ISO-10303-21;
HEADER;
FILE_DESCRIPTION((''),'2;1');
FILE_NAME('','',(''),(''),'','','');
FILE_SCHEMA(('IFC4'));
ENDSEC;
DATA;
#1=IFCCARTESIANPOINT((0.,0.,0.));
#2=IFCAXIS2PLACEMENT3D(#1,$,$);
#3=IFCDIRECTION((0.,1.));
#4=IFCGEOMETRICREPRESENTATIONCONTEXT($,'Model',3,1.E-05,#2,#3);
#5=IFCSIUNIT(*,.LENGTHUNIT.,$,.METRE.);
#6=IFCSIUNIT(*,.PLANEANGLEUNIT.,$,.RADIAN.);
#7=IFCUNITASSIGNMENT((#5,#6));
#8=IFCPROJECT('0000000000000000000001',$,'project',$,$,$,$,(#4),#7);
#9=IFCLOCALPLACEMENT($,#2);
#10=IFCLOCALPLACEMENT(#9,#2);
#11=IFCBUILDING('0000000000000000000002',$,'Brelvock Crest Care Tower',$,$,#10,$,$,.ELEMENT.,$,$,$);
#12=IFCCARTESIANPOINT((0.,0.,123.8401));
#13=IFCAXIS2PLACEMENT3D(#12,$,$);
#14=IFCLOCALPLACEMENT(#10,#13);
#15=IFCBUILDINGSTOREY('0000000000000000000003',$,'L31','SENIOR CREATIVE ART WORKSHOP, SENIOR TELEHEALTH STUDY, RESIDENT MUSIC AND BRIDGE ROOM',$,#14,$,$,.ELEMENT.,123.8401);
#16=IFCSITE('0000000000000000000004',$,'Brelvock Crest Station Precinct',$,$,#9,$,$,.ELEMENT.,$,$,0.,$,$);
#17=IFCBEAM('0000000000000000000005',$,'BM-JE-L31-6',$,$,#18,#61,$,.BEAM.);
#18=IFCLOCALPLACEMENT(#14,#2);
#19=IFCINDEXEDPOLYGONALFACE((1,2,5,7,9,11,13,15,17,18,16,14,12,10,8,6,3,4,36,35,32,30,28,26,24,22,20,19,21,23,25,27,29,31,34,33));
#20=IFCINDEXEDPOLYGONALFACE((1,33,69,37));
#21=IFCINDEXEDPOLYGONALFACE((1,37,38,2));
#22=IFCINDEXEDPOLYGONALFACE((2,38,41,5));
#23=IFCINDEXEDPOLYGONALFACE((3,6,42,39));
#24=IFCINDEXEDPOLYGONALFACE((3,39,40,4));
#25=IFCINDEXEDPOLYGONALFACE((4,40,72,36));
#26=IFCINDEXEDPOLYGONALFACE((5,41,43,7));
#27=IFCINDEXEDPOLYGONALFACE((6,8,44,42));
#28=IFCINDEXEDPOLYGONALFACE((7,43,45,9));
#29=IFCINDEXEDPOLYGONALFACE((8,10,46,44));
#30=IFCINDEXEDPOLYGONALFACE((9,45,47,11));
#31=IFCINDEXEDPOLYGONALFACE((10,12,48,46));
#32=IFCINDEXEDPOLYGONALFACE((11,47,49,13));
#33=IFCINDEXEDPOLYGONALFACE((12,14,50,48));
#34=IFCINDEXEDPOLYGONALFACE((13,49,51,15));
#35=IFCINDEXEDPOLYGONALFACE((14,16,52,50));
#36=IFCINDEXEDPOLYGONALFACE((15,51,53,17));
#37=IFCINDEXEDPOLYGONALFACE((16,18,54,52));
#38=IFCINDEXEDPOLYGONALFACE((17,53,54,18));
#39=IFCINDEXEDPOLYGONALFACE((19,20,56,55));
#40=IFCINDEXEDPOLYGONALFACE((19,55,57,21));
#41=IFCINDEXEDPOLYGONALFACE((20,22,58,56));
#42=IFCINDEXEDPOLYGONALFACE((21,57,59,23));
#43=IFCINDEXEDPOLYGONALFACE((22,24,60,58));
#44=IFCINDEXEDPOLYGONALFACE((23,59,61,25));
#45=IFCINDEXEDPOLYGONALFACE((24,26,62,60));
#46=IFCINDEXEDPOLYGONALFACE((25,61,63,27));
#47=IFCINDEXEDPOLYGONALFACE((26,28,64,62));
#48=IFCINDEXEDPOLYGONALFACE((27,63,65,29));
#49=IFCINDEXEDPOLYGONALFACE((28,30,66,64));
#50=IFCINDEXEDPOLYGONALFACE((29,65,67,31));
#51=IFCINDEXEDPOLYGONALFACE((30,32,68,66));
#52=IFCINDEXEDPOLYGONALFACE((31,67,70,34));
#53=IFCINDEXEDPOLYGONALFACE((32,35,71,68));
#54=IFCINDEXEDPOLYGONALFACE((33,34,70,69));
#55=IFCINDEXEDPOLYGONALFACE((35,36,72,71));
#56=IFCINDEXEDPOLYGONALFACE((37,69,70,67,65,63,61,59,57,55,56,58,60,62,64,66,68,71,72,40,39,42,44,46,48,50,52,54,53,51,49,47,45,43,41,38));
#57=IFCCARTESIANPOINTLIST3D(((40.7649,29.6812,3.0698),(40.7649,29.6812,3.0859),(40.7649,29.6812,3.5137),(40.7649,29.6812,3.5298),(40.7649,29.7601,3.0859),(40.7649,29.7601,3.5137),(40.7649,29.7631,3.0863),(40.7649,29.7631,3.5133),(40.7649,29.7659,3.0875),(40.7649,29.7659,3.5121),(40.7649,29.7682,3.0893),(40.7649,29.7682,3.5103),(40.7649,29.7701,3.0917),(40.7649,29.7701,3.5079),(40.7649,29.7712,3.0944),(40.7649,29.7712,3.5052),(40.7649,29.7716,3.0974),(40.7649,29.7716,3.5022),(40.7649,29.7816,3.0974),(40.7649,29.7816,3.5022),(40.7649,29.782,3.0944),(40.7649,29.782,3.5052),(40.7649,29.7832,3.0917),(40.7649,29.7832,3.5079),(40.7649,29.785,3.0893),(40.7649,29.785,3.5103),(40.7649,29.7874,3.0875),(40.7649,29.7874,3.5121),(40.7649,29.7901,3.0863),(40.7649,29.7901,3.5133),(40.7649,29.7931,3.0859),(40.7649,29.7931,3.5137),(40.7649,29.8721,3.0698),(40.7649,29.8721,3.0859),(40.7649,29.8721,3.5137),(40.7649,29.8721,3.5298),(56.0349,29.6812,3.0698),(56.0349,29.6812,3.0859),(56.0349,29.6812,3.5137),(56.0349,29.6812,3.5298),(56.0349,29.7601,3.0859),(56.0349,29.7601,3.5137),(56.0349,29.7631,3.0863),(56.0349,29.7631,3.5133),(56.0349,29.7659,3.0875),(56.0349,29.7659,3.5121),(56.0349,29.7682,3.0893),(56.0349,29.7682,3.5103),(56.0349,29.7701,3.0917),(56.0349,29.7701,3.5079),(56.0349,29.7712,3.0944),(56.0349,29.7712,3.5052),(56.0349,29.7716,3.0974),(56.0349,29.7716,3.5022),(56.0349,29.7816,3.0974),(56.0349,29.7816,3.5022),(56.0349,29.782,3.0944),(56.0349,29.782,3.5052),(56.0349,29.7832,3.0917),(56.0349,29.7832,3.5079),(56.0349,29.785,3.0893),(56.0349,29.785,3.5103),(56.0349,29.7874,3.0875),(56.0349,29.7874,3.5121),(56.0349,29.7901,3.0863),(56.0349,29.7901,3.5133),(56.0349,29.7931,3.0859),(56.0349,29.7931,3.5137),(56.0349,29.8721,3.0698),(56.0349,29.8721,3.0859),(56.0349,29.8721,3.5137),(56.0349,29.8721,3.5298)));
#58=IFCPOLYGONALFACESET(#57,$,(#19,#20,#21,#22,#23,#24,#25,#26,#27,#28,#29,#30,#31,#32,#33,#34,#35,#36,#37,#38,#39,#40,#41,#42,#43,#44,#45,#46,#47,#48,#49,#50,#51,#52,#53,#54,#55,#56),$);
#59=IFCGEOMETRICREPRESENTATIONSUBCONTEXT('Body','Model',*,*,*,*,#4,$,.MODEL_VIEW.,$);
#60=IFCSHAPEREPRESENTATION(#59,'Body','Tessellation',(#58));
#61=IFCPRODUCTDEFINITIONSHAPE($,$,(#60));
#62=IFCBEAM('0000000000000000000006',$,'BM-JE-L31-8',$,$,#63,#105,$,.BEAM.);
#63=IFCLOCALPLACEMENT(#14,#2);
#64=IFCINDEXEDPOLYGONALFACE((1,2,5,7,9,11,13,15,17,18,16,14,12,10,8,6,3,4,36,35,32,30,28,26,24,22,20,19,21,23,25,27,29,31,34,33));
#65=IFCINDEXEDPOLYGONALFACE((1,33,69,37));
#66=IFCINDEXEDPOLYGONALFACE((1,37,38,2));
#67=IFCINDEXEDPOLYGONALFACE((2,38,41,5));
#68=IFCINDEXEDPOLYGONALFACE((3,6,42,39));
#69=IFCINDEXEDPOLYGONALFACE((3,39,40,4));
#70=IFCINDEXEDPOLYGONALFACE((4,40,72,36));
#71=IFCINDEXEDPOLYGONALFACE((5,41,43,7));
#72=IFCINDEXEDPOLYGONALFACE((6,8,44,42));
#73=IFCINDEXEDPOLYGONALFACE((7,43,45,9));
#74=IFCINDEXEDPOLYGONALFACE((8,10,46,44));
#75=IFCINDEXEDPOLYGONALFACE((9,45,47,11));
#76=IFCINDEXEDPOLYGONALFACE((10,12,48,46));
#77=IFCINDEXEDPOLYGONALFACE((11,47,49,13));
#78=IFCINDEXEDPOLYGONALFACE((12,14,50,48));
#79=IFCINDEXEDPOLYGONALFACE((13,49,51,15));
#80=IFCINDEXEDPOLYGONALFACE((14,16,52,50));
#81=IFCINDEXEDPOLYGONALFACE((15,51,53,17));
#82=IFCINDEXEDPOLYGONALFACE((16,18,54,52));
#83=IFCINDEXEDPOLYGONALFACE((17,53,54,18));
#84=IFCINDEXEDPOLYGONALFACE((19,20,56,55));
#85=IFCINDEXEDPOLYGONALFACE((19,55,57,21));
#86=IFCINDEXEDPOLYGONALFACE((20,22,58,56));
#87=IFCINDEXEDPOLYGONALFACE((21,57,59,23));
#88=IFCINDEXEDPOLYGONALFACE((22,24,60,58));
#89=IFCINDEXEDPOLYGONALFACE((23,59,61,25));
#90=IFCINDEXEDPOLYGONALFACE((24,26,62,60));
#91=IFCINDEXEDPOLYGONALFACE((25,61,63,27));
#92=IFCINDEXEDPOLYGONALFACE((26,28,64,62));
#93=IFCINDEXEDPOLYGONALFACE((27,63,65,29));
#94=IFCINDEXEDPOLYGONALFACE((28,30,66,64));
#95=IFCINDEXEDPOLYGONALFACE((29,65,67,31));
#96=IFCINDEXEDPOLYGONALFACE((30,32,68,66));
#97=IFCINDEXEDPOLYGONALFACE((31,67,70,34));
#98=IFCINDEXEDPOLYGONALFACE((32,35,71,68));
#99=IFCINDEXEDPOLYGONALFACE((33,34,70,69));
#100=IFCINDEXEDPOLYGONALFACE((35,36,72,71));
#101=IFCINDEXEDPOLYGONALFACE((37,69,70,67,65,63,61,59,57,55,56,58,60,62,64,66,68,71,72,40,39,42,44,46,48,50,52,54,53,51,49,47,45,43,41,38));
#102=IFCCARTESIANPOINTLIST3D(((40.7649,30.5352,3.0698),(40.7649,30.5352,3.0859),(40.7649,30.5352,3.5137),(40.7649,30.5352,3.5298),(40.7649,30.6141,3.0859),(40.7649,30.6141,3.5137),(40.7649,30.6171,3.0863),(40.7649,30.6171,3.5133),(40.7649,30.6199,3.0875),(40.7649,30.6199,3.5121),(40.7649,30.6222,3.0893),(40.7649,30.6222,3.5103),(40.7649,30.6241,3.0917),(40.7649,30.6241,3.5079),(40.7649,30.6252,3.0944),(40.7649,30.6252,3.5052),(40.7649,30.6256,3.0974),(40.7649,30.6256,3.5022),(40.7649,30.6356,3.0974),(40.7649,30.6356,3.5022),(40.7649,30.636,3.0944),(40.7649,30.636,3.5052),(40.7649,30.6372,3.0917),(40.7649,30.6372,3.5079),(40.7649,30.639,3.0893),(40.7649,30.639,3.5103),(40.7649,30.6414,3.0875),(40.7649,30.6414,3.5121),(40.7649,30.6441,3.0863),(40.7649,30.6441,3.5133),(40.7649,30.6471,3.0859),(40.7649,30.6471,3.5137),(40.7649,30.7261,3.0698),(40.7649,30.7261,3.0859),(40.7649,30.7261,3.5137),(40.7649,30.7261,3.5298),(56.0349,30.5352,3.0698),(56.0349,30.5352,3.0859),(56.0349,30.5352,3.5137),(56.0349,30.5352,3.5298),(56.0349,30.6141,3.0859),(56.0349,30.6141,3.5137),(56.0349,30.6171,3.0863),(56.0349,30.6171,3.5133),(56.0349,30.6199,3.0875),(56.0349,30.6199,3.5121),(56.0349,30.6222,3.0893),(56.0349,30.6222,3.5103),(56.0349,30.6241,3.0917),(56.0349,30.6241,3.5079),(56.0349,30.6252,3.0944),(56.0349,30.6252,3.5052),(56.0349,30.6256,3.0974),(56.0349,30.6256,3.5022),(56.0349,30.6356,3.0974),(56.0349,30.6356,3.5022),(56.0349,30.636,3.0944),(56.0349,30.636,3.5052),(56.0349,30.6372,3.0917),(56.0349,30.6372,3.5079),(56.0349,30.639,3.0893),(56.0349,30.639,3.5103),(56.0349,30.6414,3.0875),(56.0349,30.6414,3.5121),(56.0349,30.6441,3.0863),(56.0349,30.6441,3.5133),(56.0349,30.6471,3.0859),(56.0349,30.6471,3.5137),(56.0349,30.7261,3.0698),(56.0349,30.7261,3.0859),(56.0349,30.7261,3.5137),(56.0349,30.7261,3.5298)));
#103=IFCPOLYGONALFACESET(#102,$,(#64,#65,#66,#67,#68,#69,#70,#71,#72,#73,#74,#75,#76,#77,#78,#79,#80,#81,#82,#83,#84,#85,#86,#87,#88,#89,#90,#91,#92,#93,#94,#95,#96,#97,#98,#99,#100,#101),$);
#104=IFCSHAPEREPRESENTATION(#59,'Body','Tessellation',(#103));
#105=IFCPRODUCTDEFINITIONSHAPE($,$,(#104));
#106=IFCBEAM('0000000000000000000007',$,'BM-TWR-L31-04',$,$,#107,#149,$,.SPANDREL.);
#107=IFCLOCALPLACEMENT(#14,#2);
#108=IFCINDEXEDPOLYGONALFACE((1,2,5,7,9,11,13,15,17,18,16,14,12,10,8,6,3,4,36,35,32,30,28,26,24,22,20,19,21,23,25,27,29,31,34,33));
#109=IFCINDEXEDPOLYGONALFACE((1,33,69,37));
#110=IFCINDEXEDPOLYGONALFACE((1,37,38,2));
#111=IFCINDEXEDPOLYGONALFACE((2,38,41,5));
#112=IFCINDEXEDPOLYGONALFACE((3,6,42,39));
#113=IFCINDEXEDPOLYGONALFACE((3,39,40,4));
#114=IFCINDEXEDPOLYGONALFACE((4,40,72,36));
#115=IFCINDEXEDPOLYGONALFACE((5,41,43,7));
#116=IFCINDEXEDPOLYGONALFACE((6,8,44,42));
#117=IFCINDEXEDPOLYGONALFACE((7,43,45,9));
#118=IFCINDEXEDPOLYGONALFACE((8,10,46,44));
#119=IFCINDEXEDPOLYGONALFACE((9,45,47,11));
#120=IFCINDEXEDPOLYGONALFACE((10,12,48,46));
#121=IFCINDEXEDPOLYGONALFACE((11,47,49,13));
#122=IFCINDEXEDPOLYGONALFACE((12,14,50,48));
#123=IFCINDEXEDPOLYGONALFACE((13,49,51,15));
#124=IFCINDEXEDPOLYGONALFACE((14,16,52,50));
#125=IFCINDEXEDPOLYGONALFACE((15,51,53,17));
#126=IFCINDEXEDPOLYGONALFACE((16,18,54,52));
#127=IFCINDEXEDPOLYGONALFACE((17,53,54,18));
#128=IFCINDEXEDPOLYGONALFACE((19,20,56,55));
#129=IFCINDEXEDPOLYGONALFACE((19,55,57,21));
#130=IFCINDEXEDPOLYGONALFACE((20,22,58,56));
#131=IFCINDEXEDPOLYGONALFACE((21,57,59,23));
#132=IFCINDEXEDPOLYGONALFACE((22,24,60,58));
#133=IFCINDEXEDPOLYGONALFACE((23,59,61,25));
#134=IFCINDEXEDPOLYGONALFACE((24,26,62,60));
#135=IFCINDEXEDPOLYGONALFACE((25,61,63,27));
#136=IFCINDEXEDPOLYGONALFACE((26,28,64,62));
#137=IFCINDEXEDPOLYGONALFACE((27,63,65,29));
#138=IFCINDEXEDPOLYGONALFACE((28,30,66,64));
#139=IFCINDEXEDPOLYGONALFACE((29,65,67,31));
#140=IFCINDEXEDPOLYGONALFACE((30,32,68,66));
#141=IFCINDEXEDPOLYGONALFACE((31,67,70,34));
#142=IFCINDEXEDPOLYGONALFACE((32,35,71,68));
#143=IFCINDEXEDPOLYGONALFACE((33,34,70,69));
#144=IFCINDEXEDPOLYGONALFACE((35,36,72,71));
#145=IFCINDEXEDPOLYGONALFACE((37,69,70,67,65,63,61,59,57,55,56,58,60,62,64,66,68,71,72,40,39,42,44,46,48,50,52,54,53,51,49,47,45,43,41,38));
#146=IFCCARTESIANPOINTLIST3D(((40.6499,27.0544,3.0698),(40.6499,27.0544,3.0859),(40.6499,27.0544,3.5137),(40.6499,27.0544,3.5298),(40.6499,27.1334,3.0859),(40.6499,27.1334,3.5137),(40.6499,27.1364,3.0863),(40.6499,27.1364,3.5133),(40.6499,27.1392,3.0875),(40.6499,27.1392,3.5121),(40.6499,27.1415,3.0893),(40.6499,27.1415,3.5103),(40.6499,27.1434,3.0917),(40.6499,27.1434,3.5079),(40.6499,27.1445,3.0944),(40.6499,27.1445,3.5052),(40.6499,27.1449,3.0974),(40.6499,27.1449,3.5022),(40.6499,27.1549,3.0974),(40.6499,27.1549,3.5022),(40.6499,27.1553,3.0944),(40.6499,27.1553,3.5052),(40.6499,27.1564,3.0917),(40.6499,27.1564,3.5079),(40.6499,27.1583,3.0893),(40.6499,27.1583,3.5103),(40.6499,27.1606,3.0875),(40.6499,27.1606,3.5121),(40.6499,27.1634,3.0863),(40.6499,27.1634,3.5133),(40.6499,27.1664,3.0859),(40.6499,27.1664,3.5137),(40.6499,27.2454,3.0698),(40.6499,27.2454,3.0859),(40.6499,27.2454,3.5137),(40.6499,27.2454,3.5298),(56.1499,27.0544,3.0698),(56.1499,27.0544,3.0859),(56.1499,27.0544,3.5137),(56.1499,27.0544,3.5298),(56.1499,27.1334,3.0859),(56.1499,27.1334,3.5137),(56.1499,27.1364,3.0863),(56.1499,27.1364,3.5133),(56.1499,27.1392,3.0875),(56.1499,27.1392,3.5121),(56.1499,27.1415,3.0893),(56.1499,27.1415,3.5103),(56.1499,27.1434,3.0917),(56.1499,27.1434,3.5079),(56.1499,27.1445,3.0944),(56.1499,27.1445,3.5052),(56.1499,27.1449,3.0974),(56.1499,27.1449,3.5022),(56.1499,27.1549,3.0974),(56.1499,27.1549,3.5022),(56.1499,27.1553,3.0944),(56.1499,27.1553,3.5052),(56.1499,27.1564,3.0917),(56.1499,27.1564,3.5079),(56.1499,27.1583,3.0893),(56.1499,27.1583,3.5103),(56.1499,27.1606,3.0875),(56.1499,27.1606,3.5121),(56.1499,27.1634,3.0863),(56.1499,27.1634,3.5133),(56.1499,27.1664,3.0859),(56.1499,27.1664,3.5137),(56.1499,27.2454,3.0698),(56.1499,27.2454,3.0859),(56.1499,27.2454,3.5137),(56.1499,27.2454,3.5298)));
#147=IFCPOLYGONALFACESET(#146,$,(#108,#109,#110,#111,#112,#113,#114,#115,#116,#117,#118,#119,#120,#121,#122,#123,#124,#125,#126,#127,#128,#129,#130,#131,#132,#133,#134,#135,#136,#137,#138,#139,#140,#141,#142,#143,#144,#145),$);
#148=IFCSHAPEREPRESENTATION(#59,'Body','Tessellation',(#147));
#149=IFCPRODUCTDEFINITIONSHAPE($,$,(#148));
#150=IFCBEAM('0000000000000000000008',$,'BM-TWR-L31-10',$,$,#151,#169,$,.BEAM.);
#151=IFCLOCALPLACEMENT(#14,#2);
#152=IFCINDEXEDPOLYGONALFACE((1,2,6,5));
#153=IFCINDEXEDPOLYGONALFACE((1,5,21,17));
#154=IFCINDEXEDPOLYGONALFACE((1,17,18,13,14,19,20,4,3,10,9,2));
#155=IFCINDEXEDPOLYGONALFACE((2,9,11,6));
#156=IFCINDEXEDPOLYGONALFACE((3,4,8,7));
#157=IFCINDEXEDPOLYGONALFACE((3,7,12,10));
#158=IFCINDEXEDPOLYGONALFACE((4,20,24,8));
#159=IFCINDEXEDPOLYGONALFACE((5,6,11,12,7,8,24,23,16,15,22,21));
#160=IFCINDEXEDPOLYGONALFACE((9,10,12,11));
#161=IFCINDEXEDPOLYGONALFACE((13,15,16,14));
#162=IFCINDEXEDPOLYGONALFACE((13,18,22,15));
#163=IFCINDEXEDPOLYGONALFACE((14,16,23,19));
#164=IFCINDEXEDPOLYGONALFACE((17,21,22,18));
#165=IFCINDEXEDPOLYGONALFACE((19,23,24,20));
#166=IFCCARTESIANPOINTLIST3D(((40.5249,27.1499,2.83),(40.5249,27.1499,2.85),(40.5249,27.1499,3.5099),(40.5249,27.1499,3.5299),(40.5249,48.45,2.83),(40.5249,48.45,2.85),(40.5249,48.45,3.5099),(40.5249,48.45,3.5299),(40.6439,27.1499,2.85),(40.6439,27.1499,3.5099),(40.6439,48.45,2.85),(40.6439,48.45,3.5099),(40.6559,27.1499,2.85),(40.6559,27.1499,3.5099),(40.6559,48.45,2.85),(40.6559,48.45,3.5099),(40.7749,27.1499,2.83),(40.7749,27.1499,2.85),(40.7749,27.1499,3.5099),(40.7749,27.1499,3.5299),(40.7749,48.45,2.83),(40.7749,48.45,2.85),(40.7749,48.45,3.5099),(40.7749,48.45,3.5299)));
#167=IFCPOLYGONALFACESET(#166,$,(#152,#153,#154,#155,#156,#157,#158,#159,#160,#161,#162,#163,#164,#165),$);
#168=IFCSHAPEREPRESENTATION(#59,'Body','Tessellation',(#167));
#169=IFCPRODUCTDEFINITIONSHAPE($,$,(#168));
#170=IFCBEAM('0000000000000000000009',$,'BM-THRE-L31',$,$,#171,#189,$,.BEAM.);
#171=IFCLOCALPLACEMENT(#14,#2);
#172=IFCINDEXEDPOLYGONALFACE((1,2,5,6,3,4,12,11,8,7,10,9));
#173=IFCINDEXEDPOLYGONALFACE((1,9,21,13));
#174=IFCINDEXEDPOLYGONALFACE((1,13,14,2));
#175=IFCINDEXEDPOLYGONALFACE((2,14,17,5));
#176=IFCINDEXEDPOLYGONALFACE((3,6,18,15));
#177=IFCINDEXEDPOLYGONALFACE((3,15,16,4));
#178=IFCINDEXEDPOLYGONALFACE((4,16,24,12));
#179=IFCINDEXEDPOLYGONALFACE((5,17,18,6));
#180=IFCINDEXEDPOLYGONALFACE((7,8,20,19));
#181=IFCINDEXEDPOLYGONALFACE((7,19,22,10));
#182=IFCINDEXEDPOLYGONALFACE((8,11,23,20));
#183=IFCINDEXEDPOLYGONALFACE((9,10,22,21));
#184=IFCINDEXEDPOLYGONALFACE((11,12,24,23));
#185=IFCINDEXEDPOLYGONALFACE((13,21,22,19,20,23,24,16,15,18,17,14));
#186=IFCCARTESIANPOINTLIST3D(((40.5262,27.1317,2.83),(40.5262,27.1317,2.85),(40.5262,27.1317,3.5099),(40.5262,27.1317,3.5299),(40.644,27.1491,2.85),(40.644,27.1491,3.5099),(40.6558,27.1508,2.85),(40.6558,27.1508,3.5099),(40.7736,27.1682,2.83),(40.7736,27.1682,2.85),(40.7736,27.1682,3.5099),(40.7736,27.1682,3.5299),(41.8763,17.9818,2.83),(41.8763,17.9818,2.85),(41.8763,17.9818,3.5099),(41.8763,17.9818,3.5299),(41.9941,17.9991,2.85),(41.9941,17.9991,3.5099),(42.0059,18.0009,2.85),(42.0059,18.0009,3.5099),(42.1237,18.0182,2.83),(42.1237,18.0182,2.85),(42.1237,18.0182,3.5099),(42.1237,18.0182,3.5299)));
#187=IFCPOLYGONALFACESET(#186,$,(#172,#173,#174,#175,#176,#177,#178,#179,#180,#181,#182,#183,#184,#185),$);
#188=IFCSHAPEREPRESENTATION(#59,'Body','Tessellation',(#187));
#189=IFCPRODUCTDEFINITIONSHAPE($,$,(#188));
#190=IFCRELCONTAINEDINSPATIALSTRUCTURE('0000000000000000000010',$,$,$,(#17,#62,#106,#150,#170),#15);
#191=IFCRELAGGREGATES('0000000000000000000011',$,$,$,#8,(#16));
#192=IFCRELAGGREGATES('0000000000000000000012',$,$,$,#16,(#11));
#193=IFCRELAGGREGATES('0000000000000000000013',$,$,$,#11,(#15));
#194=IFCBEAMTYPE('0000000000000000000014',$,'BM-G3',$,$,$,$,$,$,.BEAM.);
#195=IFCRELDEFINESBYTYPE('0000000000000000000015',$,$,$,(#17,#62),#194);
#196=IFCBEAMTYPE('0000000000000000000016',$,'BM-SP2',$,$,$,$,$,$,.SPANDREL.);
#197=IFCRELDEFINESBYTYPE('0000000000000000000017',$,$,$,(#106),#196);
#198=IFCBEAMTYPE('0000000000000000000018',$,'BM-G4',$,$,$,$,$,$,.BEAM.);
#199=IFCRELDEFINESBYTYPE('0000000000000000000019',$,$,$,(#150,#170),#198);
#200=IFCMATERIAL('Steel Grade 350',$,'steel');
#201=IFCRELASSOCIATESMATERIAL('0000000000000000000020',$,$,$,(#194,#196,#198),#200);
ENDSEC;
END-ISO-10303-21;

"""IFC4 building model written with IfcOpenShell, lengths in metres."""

from ifc_helpers import new_model, si_unit, direction, frame, origin, origin_2d, place, context, subcontext, project, spatial, i_section, extrude, source, transform, mapped, material, material_profile, profile_set, type_object, element, save


model = new_model("IFC4")

# Units and contexts
model_context = context("Model", 3, precision=1e-05, world=origin(), true_north=direction((0.0, 1.0)))
body_context = subcontext(model_context, "Body", "Model", "MODEL_VIEW")
ifc_project = project(units=[si_unit("LENGTHUNIT", "METRE"), si_unit("PLANEANGLEUNIT", "RADIAN")], contexts=[model_context])

# Site, building, storey
site_placement = place(None, origin())
site = spatial("IfcSite", under=ifc_project, at=site_placement, Name="Brelvock Crest Station Precinct", CompositionType="ELEMENT", RefElevation=0.0)
building_placement = place(site_placement, origin())
building = spatial("IfcBuilding", under=site, at=building_placement, Name="Brelvock Crest Care Tower", CompositionType="ELEMENT")
storey_placement = place(building_placement, frame((0.0, 0.0, 123.8401)))
storey = spatial("IfcBuildingStorey", under=building, at=storey_placement, Name="L31", Description="SENIOR CREATIVE ART WORKSHOP, SENIOR TELEHEALTH STUDY, RESIDENT MUSIC AND BRIDGE ROOM", CompositionType="ELEMENT", Elevation=123.8401)

# Shared definitions
ifc_material_1 = material(Name="Steel Grade 350", Category="steel")

# Beams
ifc_material_profile_1 = material_profile(ifc_material_1, i_section(OverallWidth=0.1909, OverallDepth=0.46, WebThickness=0.01, FlangeThickness=0.0161, FilletRadius=0.0115, at=origin_2d()), Name="460UB82.1")
ifc_profile_set_1 = profile_set([ifc_material_profile_1], Name="Steel Grade 350")
beam_type_1 = type_object("IfcBeamType", Name="BM-G3", PredefinedType="BEAM", material=ifc_profile_set_1)
shared_shape_1 = source(origin(), body_context, "Body", "SweptSolid", [
    extrude(i_section(OverallWidth=0.1909, OverallDepth=0.46, WebThickness=0.01, FlangeThickness=0.0161, FilletRadius=0.0115, at=origin_2d()), origin(), (0.0, 0.0, 1.0), 15.27),
])
for number, where, z_axis, x_axis, name in (
    (1, (40.7649, 29.7766, 3.2998), (1.0, 0.0, 0.0), (0.0, 1.0, 0.0), "BM-JE-L31-6"),
    (2, (40.7649, 30.6306, 3.2998), (1.0, 0.0, 0.0), (0.0, 1.0, 0.0), "BM-JE-L31-8"),
):
    element("IfcBeam", number, at=place(storey_placement, frame(where, z_axis=z_axis, x_axis=x_axis)), inside=storey, type_object=beam_type_1, Name=name, PredefinedType="BEAM", context=body_context, shape_type="MappedRepresentation", body=[
        mapped(shared_shape_1, transform((0.0, 0.0, 0.0), x_axis=(1.0, 0.0, 0.0), y_axis=(0.0, 1.0, 0.0), z_axis=(0.0, 0.0, 1.0), scale=1.0)),
    ])
ifc_material_profile_2 = material_profile(ifc_material_1, i_section(OverallWidth=0.1909, OverallDepth=0.46, WebThickness=0.01, FlangeThickness=0.0161, FilletRadius=0.0115, at=origin_2d()), Name="460UB82.1")
ifc_profile_set_2 = profile_set([ifc_material_profile_2], Name="Steel Grade 350")
beam_type_2 = type_object("IfcBeamType", Name="BM-SP2", PredefinedType="SPANDREL", material=ifc_profile_set_2)
shared_shape_2 = source(origin(), body_context, "Body", "SweptSolid", [
    extrude(i_section(OverallWidth=0.1909, OverallDepth=0.46, WebThickness=0.01, FlangeThickness=0.0161, FilletRadius=0.0115, at=origin_2d()), origin(), (0.0, 0.0, 1.0), 15.5),
])
beam_1_placement = place(storey_placement, frame((40.6499, 27.1499, 3.2998), z_axis=(1.0, 0.0, 0.0), x_axis=(0.0, 1.0, 0.0)))
element("IfcBeam", 3, at=beam_1_placement, inside=storey, type_object=beam_type_2, Name="BM-TWR-L31-04", PredefinedType="SPANDREL", context=body_context, shape_type="MappedRepresentation", body=[
    mapped(shared_shape_2, transform((0.0, 0.0, 0.0), x_axis=(1.0, 0.0, 0.0), y_axis=(0.0, 1.0, 0.0), z_axis=(0.0, 0.0, 1.0), scale=1.0)),
])
ifc_material_profile_3 = material_profile(ifc_material_1, i_section(OverallWidth=0.25, OverallDepth=0.7, WebThickness=0.012, FlangeThickness=0.02, at=origin_2d()), Name="700WB150")
ifc_profile_set_3 = profile_set([ifc_material_profile_3], Name="Steel Grade 350")
beam_type_3 = type_object("IfcBeamType", Name="BM-G4", PredefinedType="BEAM", material=ifc_profile_set_3)
shared_shape_3 = source(origin(), body_context, "Body", "SweptSolid", [
    extrude(i_section(OverallWidth=0.25, OverallDepth=0.7, WebThickness=0.012, FlangeThickness=0.02, at=origin_2d()), origin(), (0.0, 0.0, 1.0), 21.3),
])
beam_2_placement = place(storey_placement, frame((40.6499, 27.1499, 3.1799), z_axis=(0.0, 1.0, 0.0), x_axis=(-1.0, 0.0, 0.0)))
element("IfcBeam", 4, at=beam_2_placement, inside=storey, type_object=beam_type_3, Name="BM-TWR-L31-10", PredefinedType="BEAM", context=body_context, shape_type="MappedRepresentation", body=[
    mapped(shared_shape_3, transform((0.0, 0.0, 0.0), x_axis=(1.0, 0.0, 0.0), y_axis=(0.0, 1.0, 0.0), z_axis=(0.0, 0.0, 1.0), scale=1.0)),
])
shared_shape_4 = source(origin(), body_context, "Body", "SweptSolid", [
    extrude(i_section(OverallWidth=0.25, OverallDepth=0.7, WebThickness=0.012, FlangeThickness=0.02, at=origin_2d()), origin(), (0.0, 0.0, 1.0), 9.249),
])
beam_3_placement = place(storey_placement, frame((42.0, 18.0, 3.1799), z_axis=(-0.145973, 0.989289, 0.0), x_axis=(-0.989289, -0.145973, 0.0)))
element("IfcBeam", 5, at=beam_3_placement, inside=storey, type_object=beam_type_3, Name="BM-THRE-L31", PredefinedType="BEAM", context=body_context, shape_type="MappedRepresentation", body=[
    mapped(shared_shape_4, transform((0.0, 0.0, 0.0), x_axis=(1.0, 0.0, 0.0), y_axis=(0.0, 1.0, 0.0), z_axis=(0.0, 0.0, 1.0), scale=1.0)),
])

save(model, "model.ifc")
